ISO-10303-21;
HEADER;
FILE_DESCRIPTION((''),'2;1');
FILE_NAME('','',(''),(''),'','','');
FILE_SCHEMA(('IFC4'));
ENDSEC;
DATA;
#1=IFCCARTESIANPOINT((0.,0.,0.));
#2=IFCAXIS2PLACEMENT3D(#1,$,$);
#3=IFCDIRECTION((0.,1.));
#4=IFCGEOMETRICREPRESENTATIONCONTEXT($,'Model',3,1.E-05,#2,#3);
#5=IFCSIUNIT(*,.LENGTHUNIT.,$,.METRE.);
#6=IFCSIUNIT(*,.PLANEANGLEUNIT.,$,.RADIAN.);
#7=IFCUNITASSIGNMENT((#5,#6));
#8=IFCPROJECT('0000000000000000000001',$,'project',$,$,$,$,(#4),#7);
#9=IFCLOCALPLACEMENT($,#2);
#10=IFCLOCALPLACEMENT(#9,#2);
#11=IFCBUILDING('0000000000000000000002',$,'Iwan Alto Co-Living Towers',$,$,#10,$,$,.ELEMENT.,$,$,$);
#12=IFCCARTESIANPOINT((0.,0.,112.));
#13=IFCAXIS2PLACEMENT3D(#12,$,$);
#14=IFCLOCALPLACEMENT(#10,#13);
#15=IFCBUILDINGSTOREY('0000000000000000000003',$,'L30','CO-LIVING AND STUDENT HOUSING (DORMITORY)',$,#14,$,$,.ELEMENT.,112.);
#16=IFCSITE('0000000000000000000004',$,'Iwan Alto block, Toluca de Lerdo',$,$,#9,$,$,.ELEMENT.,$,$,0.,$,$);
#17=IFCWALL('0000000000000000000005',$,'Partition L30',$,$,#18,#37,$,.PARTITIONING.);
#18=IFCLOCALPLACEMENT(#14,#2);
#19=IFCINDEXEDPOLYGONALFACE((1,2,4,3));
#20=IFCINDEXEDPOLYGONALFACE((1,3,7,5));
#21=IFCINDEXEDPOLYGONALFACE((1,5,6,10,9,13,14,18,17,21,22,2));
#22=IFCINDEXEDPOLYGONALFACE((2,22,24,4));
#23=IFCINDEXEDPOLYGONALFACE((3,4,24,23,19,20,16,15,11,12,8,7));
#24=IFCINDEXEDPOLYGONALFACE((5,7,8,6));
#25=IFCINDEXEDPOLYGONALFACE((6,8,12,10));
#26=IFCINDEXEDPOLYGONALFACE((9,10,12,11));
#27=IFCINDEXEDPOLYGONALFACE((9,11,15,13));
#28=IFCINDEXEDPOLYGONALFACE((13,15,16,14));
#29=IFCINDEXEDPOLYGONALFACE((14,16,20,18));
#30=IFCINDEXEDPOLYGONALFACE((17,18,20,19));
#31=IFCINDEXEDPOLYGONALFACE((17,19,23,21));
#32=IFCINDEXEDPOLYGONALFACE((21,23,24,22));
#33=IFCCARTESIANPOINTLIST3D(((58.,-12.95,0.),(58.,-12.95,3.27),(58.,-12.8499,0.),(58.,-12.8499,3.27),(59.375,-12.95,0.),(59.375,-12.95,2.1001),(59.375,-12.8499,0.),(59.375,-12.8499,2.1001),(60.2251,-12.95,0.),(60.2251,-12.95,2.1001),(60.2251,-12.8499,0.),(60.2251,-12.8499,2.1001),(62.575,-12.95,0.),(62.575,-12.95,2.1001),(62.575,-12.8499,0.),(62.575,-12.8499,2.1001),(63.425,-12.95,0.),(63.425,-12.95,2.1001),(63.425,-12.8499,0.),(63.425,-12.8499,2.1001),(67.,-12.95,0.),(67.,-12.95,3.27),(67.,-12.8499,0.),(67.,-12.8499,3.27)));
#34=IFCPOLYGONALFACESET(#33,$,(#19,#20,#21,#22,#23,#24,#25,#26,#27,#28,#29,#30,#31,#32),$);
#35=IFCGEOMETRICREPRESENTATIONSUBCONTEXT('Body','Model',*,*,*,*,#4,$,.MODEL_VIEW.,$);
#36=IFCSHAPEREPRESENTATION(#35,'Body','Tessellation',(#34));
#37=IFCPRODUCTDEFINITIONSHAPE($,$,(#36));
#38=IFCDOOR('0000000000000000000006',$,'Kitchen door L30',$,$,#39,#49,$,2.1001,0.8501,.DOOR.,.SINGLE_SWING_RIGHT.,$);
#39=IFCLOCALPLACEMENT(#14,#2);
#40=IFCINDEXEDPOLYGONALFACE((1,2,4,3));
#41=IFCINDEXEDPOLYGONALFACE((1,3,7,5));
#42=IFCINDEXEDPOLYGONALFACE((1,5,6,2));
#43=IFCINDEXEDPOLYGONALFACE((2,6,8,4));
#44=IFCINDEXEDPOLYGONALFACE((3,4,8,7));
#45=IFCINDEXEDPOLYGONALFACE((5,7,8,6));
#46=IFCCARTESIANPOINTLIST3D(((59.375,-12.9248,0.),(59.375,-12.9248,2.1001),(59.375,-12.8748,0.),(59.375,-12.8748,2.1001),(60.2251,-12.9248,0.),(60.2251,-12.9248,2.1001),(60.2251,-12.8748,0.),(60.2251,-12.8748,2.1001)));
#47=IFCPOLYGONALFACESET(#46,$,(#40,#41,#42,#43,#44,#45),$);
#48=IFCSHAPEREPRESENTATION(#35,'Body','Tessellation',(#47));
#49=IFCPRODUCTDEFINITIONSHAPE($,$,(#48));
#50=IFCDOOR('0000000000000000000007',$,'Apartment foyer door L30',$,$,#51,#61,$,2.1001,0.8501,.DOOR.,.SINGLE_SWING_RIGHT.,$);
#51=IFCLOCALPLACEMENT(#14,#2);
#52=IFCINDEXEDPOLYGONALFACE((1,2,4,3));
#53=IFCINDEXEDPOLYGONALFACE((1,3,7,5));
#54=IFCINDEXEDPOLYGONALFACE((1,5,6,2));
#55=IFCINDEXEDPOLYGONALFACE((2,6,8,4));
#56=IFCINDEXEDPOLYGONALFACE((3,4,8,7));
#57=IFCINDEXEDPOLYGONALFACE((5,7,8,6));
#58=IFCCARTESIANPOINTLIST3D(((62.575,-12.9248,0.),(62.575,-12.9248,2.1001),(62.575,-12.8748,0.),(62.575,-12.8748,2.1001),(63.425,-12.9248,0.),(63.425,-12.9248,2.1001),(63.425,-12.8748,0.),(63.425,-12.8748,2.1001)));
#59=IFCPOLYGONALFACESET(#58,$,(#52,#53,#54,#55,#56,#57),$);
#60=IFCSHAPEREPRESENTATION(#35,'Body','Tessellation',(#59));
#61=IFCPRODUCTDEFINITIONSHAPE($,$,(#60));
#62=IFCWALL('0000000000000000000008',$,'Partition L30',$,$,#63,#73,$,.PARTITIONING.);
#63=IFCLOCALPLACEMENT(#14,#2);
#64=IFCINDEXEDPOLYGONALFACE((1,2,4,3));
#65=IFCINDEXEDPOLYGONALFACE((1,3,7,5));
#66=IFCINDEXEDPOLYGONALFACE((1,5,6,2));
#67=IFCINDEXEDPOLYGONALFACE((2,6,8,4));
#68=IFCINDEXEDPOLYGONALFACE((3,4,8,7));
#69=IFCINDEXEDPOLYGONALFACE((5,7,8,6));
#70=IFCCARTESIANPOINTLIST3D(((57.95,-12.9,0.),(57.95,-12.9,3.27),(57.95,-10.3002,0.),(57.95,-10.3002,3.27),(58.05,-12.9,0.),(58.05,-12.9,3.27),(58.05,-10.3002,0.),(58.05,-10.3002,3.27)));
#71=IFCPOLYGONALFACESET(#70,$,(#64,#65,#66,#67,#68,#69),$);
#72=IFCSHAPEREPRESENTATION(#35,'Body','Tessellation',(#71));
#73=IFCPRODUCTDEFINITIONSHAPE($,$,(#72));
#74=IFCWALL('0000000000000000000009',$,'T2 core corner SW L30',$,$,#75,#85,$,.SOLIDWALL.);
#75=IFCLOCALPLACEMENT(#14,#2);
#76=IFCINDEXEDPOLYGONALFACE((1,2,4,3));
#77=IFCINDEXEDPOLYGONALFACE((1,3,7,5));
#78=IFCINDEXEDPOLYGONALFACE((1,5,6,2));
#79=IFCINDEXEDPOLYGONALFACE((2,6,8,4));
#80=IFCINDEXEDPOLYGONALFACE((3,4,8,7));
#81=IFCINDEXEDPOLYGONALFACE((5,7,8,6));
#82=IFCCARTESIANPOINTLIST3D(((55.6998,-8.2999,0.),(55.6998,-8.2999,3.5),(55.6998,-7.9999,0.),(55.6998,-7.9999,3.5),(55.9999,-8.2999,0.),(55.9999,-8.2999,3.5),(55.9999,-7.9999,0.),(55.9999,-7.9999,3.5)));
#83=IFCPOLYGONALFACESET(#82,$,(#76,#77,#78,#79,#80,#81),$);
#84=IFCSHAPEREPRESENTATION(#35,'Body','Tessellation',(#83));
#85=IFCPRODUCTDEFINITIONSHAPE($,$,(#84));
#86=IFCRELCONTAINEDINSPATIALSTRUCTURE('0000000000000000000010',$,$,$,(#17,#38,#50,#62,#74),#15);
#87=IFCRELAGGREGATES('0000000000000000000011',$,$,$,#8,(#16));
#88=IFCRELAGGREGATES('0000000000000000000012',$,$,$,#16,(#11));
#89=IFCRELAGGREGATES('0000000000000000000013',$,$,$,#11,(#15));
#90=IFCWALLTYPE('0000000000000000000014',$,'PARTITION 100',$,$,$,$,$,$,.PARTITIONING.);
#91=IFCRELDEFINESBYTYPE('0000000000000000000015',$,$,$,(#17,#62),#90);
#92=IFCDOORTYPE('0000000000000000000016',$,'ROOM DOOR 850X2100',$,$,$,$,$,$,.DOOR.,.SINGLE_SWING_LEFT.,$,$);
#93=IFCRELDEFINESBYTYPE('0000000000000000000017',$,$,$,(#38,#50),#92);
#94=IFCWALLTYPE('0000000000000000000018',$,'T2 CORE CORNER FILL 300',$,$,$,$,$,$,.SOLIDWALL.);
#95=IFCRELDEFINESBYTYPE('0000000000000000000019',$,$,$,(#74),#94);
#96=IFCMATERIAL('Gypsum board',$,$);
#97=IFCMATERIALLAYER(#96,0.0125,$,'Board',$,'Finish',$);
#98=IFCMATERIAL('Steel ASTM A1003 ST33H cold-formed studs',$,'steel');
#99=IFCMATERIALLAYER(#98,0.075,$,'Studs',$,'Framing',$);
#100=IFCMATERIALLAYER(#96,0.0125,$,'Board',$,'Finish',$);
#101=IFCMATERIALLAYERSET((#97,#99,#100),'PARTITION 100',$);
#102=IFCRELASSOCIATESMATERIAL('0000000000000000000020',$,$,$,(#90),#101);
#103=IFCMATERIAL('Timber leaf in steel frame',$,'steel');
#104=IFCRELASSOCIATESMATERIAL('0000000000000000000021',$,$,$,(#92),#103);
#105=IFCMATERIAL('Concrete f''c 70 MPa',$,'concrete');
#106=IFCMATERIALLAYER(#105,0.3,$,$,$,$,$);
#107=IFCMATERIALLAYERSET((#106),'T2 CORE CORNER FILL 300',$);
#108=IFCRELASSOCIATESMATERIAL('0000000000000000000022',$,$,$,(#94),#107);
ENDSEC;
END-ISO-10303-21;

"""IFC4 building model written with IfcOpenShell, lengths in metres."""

from ifc_helpers import new_model, si_unit, direction, frame, frame_2d, origin, place, context, subcontext, project, spatial, rectangle, extrude, material, layer, layer_set, type_object, element, fill, save


model = new_model("IFC4")

# Units and contexts
model_context = context("Model", 3, precision=1e-05, world=origin(), true_north=direction((0.0, 1.0)))
body_context = subcontext(model_context, "Body", "Model", "MODEL_VIEW")
ifc_project = project(units=[si_unit("LENGTHUNIT", "METRE"), si_unit("PLANEANGLEUNIT", "RADIAN")], contexts=[model_context])

# Site, building, storey
site_placement = place(None, origin())
site = spatial("IfcSite", under=ifc_project, at=site_placement, Name="Iwan Alto block, Toluca de Lerdo", CompositionType="ELEMENT", RefElevation=0.0)
building_placement = place(site_placement, origin())
building = spatial("IfcBuilding", under=site, at=building_placement, Name="Iwan Alto Co-Living Towers", CompositionType="ELEMENT")
storey_placement = place(building_placement, frame((0.0, 0.0, 112.0)))
storey = spatial("IfcBuildingStorey", under=building, at=storey_placement, Name="L30", Description="CO-LIVING AND STUDENT HOUSING (DORMITORY)", CompositionType="ELEMENT", Elevation=112.0)

# Shared definitions
ifc_material_1 = material(Name="Gypsum board")
ifc_material_2 = material(Name="Steel ASTM A1003 ST33H cold-formed studs", Category="steel")

# Wall, openings, doors
ifc_layer_1 = layer(ifc_material_1, 0.0125, Name="Board", Category="Finish")
ifc_layer_2 = layer(ifc_material_2, 0.075, Name="Studs", Category="Framing")
ifc_layer_3 = layer(ifc_material_1, 0.0125, Name="Board", Category="Finish")
ifc_layer_set_1 = layer_set([ifc_layer_1, ifc_layer_2, ifc_layer_3], Name="PARTITION 100")
wall_type_1 = type_object("IfcWallType", Name="PARTITION 100", PredefinedType="PARTITIONING", material=ifc_layer_set_1)
wall_1_placement = place(storey_placement, frame((58.0, -12.8999, 0.0), z_axis=(0.0, 0.0, 1.0), x_axis=(1.0, 0.0, 0.0)))
wall_1 = element("IfcWall", 1, at=wall_1_placement, inside=storey, type_object=wall_type_1, Name="Partition L30", PredefinedType="PARTITIONING", context=body_context, shape_type="SweptSolid", body=[
    extrude(rectangle(XDim=9.0, YDim=0.1001, at=frame_2d((4.5, 0.0))), origin(), (0.0, 0.0, 1.0), 3.27),
])
opening_1_placement = place(wall_1_placement, frame((1.375, 0.0, 0.0)))
opening_1 = element("IfcOpeningElement", 2, at=opening_1_placement, cuts=wall_1, PredefinedType="OPENING", context=body_context, shape_type="SweptSolid", body=[
    extrude(rectangle(XDim=0.8501, YDim=2.1001, at=frame_2d((0.425, 1.05))), frame((0.0, 0.0601, 0.0), z_axis=(0.0, -1.0, 0.0), x_axis=(1.0, 0.0, 0.0)), (0.0, 0.0, 1.0), 0.1201),
])
opening_2_placement = place(wall_1_placement, frame((4.575, 0.0, 0.0)))
opening_2 = element("IfcOpeningElement", 3, at=opening_2_placement, cuts=wall_1, PredefinedType="OPENING", context=body_context, shape_type="SweptSolid", body=[
    extrude(rectangle(XDim=0.8501, YDim=2.1001, at=frame_2d((0.425, 1.05))), frame((0.0, 0.0601, 0.0), z_axis=(0.0, -1.0, 0.0), x_axis=(1.0, 0.0, 0.0)), (0.0, 0.0, 1.0), 0.1201),
])
ifc_material_3 = material(Name="Timber leaf in steel frame", Category="steel")
door_type_1 = type_object("IfcDoorType", Name="ROOM DOOR 850X2100", OperationType="SINGLE_SWING_LEFT", PredefinedType="DOOR", material=ifc_material_3)
door_1_placement = place(opening_1_placement, frame((0.8501, 0.0, 0.0), z_axis=(0.0, 0.0, 1.0), x_axis=(-1.0, 0.0, 0.0)))
door_1 = element("IfcDoor", 4, at=door_1_placement, inside=storey, type_object=door_type_1, Name="Kitchen door L30", OperationType="SINGLE_SWING_RIGHT", OverallHeight=2.1001, OverallWidth=0.8501, PredefinedType="DOOR", context=body_context, shape_type="SweptSolid", body=[
    extrude(rectangle(XDim=0.8501, YDim=2.1001, at=frame_2d((0.425, 1.05))), frame((0.0, 0.0249, 0.0), z_axis=(0.0, -1.0, 0.0), x_axis=(1.0, 0.0, 0.0)), (0.0, 0.0, 1.0), 0.05),
])
fill(opening_1, door_1)
door_2_placement = place(opening_2_placement, frame((0.8501, 0.0, 0.0), z_axis=(0.0, 0.0, 1.0), x_axis=(-1.0, 0.0, 0.0)))
door_2 = element("IfcDoor", 5, at=door_2_placement, inside=storey, type_object=door_type_1, Name="Apartment foyer door L30", OperationType="SINGLE_SWING_RIGHT", OverallHeight=2.1001, OverallWidth=0.8501, PredefinedType="DOOR", context=body_context, shape_type="SweptSolid", body=[
    extrude(rectangle(XDim=0.8501, YDim=2.1001, at=frame_2d((0.425, 1.05))), frame((0.0, 0.0249, 0.0), z_axis=(0.0, -1.0, 0.0), x_axis=(1.0, 0.0, 0.0)), (0.0, 0.0, 1.0), 0.05),
])
fill(opening_2, door_2)

# Walls
wall_2_placement = place(storey_placement, frame((58.0, -12.8999, 0.0), z_axis=(0.0, 0.0, 1.0), x_axis=(0.0, 1.0, 0.0)))
element("IfcWall", 6, at=wall_2_placement, inside=storey, type_object=wall_type_1, Name="Partition L30", PredefinedType="PARTITIONING", context=body_context, shape_type="SweptSolid", body=[
    extrude(rectangle(XDim=2.5999, YDim=0.1001, at=frame_2d((1.2998, 0.0))), origin(), (0.0, 0.0, 1.0), 3.27),
])
ifc_material_4 = material(Name="Concrete f'c 70 MPa", Category="concrete")
ifc_layer_4 = layer(ifc_material_4, 0.3)
ifc_layer_set_2 = layer_set([ifc_layer_4], Name="T2 CORE CORNER FILL 300")
wall_type_2 = type_object("IfcWallType", Name="T2 CORE CORNER FILL 300", PredefinedType="SOLIDWALL", material=ifc_layer_set_2)
wall_3_placement = place(storey_placement, frame((55.7, -8.1499, 0.0), z_axis=(0.0, 0.0, 1.0), x_axis=(1.0, 0.0, 0.0)))
element("IfcWall", 7, at=wall_3_placement, inside=storey, type_object=wall_type_2, Name="T2 core corner SW L30", PredefinedType="SOLIDWALL", context=body_context, shape_type="SweptSolid", body=[
    extrude(rectangle(XDim=0.3, YDim=0.3, at=frame_2d((0.1499, 0.0))), origin(), (0.0, 0.0, 1.0), 3.5),
])

save(model, "model.ifc")
